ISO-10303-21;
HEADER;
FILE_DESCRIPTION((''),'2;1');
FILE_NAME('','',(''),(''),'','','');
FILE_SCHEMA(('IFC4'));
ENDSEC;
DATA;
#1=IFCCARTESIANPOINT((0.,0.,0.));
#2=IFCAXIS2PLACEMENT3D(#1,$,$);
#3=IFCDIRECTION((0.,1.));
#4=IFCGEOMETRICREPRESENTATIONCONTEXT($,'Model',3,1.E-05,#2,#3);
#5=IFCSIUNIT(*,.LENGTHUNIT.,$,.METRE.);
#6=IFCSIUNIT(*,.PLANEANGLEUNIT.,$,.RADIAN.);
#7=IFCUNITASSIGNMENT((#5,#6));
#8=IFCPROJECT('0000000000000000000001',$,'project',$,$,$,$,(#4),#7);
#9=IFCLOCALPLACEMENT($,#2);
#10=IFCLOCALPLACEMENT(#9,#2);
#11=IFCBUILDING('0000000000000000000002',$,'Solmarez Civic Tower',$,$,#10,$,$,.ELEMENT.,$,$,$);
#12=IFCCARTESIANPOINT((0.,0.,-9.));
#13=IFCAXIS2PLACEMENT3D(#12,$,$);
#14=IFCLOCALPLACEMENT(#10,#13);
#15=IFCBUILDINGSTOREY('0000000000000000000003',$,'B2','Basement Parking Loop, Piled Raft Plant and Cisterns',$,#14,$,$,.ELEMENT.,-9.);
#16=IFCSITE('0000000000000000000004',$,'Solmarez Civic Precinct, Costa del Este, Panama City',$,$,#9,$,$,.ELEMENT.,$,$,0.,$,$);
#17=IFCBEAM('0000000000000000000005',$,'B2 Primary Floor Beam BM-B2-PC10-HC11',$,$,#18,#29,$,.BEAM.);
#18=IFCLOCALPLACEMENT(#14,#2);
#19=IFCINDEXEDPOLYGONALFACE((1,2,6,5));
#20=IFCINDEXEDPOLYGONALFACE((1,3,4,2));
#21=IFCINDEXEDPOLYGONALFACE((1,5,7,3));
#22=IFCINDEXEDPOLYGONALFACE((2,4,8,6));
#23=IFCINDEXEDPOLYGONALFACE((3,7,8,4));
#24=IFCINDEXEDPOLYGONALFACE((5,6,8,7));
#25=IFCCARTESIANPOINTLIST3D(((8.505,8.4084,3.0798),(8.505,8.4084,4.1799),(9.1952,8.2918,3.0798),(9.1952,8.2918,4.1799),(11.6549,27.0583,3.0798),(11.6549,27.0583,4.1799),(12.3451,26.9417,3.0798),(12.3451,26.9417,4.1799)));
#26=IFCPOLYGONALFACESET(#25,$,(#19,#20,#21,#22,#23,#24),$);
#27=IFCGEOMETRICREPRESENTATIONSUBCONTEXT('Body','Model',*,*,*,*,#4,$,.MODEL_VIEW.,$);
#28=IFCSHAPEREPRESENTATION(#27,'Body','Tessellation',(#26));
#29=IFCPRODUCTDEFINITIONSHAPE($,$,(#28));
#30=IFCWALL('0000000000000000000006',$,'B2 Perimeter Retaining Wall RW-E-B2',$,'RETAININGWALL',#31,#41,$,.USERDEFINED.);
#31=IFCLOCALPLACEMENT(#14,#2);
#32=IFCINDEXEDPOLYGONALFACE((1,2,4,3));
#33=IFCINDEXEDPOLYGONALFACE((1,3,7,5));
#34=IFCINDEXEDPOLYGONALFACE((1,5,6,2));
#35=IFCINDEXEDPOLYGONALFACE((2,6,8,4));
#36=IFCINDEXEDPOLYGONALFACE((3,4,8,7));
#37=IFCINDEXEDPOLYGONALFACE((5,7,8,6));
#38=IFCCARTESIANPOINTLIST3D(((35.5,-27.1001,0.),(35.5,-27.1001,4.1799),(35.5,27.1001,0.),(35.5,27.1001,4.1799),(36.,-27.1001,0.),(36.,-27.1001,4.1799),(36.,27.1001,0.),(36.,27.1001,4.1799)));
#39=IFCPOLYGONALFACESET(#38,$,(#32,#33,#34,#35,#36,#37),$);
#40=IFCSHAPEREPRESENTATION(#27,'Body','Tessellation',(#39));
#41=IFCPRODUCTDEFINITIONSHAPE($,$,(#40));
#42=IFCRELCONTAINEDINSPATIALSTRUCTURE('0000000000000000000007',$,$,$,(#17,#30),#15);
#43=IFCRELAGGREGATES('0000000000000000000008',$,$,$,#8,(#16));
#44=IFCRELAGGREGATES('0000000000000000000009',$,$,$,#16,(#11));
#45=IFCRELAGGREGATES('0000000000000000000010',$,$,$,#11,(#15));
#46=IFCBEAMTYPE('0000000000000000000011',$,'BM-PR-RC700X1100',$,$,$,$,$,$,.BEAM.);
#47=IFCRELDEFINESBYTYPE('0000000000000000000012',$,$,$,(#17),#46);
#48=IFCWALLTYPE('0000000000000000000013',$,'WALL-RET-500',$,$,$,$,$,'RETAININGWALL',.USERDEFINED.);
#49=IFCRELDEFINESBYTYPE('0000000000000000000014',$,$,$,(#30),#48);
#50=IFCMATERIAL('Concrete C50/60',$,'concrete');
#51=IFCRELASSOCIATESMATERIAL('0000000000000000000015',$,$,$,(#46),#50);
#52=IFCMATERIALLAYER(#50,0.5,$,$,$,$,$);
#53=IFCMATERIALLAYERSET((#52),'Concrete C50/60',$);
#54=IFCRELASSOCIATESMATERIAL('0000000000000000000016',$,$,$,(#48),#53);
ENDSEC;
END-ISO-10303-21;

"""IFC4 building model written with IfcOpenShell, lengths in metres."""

from ifc_helpers import new_model, si_unit, direction, frame, frame_2d, origin, origin_2d, place, context, subcontext, project, spatial, rectangle, extrude, material, layer, layer_set, material_profile, profile_set, type_object, element, save


model = new_model("IFC4")

# Units and contexts
model_context = context("Model", 3, precision=1e-05, world=origin(), true_north=direction((0.0, 1.0)))
body_context = subcontext(model_context, "Body", "Model", "MODEL_VIEW")
ifc_project = project(units=[si_unit("LENGTHUNIT", "METRE"), si_unit("PLANEANGLEUNIT", "RADIAN")], contexts=[model_context])

# Site, building, storey
site_placement = place(None, origin())
site = spatial("IfcSite", under=ifc_project, at=site_placement, Name="Solmarez Civic Precinct, Costa del Este, Panama City", CompositionType="ELEMENT", RefElevation=0.0)
building_placement = place(site_placement, origin())
building = spatial("IfcBuilding", under=site, at=building_placement, Name="Solmarez Civic Tower", CompositionType="ELEMENT")
storey_placement = place(building_placement, frame((0.0, 0.0, -9.0)))
storey = spatial("IfcBuildingStorey", under=building, at=storey_placement, Name="B2", Description="Basement Parking Loop, Piled Raft Plant and Cisterns", CompositionType="ELEMENT", Elevation=-9.0)

# Beam
ifc_material_1 = material(Name="Concrete C50/60", Category="concrete")
ifc_material_profile_1 = material_profile(ifc_material_1, rectangle(XDim=0.7, YDim=1.1001, at=origin_2d()), Name="RC700X1100")
ifc_profile_set_1 = profile_set([ifc_material_profile_1], Name="Concrete C50/60")
beam_type_1 = type_object("IfcBeamType", Name="BM-PR-RC700X1100", PredefinedType="BEAM", material=ifc_profile_set_1)
beam_1_placement = place(storey_placement, frame((12.0, 27.0, 3.6299), z_axis=(-0.166538, -0.986035, 0.0), x_axis=(0.986035, -0.166538, 0.0)))
element("IfcBeam", 1, at=beam_1_placement, inside=storey, type_object=beam_type_1, Name="B2 Primary Floor Beam BM-B2-PC10-HC11", PredefinedType="BEAM", context=body_context, shape_type="SweptSolid", body=[
    extrude(rectangle(XDim=0.7, YDim=1.1001, at=origin_2d()), origin(), (0.0, 0.0, 1.0), 18.9141),
])

# Wall
ifc_layer = layer(ifc_material_1, 0.5)
ifc_layer_set = layer_set([ifc_layer], Name="Concrete C50/60")
wall_type = type_object("IfcWallType", Name="WALL-RET-500", ElementType="RETAININGWALL", PredefinedType="USERDEFINED", material=ifc_layer_set)
wall_placement = place(storey_placement, frame((35.75, 27.1001, 0.0), z_axis=(0.0, 0.0, 1.0), x_axis=(0.0, -1.0, 0.0)))
element("IfcWall", 2, at=wall_placement, inside=storey, type_object=wall_type, Name="B2 Perimeter Retaining Wall RW-E-B2", ObjectType="RETAININGWALL", PredefinedType="USERDEFINED", context=body_context, shape_type="SweptSolid", body=[
    extrude(rectangle(XDim=54.2002, YDim=0.5, at=frame_2d((27.1001, 0.0))), origin(), (0.0, 0.0, 1.0), 4.1799),
])

save(model, "model.ifc")
